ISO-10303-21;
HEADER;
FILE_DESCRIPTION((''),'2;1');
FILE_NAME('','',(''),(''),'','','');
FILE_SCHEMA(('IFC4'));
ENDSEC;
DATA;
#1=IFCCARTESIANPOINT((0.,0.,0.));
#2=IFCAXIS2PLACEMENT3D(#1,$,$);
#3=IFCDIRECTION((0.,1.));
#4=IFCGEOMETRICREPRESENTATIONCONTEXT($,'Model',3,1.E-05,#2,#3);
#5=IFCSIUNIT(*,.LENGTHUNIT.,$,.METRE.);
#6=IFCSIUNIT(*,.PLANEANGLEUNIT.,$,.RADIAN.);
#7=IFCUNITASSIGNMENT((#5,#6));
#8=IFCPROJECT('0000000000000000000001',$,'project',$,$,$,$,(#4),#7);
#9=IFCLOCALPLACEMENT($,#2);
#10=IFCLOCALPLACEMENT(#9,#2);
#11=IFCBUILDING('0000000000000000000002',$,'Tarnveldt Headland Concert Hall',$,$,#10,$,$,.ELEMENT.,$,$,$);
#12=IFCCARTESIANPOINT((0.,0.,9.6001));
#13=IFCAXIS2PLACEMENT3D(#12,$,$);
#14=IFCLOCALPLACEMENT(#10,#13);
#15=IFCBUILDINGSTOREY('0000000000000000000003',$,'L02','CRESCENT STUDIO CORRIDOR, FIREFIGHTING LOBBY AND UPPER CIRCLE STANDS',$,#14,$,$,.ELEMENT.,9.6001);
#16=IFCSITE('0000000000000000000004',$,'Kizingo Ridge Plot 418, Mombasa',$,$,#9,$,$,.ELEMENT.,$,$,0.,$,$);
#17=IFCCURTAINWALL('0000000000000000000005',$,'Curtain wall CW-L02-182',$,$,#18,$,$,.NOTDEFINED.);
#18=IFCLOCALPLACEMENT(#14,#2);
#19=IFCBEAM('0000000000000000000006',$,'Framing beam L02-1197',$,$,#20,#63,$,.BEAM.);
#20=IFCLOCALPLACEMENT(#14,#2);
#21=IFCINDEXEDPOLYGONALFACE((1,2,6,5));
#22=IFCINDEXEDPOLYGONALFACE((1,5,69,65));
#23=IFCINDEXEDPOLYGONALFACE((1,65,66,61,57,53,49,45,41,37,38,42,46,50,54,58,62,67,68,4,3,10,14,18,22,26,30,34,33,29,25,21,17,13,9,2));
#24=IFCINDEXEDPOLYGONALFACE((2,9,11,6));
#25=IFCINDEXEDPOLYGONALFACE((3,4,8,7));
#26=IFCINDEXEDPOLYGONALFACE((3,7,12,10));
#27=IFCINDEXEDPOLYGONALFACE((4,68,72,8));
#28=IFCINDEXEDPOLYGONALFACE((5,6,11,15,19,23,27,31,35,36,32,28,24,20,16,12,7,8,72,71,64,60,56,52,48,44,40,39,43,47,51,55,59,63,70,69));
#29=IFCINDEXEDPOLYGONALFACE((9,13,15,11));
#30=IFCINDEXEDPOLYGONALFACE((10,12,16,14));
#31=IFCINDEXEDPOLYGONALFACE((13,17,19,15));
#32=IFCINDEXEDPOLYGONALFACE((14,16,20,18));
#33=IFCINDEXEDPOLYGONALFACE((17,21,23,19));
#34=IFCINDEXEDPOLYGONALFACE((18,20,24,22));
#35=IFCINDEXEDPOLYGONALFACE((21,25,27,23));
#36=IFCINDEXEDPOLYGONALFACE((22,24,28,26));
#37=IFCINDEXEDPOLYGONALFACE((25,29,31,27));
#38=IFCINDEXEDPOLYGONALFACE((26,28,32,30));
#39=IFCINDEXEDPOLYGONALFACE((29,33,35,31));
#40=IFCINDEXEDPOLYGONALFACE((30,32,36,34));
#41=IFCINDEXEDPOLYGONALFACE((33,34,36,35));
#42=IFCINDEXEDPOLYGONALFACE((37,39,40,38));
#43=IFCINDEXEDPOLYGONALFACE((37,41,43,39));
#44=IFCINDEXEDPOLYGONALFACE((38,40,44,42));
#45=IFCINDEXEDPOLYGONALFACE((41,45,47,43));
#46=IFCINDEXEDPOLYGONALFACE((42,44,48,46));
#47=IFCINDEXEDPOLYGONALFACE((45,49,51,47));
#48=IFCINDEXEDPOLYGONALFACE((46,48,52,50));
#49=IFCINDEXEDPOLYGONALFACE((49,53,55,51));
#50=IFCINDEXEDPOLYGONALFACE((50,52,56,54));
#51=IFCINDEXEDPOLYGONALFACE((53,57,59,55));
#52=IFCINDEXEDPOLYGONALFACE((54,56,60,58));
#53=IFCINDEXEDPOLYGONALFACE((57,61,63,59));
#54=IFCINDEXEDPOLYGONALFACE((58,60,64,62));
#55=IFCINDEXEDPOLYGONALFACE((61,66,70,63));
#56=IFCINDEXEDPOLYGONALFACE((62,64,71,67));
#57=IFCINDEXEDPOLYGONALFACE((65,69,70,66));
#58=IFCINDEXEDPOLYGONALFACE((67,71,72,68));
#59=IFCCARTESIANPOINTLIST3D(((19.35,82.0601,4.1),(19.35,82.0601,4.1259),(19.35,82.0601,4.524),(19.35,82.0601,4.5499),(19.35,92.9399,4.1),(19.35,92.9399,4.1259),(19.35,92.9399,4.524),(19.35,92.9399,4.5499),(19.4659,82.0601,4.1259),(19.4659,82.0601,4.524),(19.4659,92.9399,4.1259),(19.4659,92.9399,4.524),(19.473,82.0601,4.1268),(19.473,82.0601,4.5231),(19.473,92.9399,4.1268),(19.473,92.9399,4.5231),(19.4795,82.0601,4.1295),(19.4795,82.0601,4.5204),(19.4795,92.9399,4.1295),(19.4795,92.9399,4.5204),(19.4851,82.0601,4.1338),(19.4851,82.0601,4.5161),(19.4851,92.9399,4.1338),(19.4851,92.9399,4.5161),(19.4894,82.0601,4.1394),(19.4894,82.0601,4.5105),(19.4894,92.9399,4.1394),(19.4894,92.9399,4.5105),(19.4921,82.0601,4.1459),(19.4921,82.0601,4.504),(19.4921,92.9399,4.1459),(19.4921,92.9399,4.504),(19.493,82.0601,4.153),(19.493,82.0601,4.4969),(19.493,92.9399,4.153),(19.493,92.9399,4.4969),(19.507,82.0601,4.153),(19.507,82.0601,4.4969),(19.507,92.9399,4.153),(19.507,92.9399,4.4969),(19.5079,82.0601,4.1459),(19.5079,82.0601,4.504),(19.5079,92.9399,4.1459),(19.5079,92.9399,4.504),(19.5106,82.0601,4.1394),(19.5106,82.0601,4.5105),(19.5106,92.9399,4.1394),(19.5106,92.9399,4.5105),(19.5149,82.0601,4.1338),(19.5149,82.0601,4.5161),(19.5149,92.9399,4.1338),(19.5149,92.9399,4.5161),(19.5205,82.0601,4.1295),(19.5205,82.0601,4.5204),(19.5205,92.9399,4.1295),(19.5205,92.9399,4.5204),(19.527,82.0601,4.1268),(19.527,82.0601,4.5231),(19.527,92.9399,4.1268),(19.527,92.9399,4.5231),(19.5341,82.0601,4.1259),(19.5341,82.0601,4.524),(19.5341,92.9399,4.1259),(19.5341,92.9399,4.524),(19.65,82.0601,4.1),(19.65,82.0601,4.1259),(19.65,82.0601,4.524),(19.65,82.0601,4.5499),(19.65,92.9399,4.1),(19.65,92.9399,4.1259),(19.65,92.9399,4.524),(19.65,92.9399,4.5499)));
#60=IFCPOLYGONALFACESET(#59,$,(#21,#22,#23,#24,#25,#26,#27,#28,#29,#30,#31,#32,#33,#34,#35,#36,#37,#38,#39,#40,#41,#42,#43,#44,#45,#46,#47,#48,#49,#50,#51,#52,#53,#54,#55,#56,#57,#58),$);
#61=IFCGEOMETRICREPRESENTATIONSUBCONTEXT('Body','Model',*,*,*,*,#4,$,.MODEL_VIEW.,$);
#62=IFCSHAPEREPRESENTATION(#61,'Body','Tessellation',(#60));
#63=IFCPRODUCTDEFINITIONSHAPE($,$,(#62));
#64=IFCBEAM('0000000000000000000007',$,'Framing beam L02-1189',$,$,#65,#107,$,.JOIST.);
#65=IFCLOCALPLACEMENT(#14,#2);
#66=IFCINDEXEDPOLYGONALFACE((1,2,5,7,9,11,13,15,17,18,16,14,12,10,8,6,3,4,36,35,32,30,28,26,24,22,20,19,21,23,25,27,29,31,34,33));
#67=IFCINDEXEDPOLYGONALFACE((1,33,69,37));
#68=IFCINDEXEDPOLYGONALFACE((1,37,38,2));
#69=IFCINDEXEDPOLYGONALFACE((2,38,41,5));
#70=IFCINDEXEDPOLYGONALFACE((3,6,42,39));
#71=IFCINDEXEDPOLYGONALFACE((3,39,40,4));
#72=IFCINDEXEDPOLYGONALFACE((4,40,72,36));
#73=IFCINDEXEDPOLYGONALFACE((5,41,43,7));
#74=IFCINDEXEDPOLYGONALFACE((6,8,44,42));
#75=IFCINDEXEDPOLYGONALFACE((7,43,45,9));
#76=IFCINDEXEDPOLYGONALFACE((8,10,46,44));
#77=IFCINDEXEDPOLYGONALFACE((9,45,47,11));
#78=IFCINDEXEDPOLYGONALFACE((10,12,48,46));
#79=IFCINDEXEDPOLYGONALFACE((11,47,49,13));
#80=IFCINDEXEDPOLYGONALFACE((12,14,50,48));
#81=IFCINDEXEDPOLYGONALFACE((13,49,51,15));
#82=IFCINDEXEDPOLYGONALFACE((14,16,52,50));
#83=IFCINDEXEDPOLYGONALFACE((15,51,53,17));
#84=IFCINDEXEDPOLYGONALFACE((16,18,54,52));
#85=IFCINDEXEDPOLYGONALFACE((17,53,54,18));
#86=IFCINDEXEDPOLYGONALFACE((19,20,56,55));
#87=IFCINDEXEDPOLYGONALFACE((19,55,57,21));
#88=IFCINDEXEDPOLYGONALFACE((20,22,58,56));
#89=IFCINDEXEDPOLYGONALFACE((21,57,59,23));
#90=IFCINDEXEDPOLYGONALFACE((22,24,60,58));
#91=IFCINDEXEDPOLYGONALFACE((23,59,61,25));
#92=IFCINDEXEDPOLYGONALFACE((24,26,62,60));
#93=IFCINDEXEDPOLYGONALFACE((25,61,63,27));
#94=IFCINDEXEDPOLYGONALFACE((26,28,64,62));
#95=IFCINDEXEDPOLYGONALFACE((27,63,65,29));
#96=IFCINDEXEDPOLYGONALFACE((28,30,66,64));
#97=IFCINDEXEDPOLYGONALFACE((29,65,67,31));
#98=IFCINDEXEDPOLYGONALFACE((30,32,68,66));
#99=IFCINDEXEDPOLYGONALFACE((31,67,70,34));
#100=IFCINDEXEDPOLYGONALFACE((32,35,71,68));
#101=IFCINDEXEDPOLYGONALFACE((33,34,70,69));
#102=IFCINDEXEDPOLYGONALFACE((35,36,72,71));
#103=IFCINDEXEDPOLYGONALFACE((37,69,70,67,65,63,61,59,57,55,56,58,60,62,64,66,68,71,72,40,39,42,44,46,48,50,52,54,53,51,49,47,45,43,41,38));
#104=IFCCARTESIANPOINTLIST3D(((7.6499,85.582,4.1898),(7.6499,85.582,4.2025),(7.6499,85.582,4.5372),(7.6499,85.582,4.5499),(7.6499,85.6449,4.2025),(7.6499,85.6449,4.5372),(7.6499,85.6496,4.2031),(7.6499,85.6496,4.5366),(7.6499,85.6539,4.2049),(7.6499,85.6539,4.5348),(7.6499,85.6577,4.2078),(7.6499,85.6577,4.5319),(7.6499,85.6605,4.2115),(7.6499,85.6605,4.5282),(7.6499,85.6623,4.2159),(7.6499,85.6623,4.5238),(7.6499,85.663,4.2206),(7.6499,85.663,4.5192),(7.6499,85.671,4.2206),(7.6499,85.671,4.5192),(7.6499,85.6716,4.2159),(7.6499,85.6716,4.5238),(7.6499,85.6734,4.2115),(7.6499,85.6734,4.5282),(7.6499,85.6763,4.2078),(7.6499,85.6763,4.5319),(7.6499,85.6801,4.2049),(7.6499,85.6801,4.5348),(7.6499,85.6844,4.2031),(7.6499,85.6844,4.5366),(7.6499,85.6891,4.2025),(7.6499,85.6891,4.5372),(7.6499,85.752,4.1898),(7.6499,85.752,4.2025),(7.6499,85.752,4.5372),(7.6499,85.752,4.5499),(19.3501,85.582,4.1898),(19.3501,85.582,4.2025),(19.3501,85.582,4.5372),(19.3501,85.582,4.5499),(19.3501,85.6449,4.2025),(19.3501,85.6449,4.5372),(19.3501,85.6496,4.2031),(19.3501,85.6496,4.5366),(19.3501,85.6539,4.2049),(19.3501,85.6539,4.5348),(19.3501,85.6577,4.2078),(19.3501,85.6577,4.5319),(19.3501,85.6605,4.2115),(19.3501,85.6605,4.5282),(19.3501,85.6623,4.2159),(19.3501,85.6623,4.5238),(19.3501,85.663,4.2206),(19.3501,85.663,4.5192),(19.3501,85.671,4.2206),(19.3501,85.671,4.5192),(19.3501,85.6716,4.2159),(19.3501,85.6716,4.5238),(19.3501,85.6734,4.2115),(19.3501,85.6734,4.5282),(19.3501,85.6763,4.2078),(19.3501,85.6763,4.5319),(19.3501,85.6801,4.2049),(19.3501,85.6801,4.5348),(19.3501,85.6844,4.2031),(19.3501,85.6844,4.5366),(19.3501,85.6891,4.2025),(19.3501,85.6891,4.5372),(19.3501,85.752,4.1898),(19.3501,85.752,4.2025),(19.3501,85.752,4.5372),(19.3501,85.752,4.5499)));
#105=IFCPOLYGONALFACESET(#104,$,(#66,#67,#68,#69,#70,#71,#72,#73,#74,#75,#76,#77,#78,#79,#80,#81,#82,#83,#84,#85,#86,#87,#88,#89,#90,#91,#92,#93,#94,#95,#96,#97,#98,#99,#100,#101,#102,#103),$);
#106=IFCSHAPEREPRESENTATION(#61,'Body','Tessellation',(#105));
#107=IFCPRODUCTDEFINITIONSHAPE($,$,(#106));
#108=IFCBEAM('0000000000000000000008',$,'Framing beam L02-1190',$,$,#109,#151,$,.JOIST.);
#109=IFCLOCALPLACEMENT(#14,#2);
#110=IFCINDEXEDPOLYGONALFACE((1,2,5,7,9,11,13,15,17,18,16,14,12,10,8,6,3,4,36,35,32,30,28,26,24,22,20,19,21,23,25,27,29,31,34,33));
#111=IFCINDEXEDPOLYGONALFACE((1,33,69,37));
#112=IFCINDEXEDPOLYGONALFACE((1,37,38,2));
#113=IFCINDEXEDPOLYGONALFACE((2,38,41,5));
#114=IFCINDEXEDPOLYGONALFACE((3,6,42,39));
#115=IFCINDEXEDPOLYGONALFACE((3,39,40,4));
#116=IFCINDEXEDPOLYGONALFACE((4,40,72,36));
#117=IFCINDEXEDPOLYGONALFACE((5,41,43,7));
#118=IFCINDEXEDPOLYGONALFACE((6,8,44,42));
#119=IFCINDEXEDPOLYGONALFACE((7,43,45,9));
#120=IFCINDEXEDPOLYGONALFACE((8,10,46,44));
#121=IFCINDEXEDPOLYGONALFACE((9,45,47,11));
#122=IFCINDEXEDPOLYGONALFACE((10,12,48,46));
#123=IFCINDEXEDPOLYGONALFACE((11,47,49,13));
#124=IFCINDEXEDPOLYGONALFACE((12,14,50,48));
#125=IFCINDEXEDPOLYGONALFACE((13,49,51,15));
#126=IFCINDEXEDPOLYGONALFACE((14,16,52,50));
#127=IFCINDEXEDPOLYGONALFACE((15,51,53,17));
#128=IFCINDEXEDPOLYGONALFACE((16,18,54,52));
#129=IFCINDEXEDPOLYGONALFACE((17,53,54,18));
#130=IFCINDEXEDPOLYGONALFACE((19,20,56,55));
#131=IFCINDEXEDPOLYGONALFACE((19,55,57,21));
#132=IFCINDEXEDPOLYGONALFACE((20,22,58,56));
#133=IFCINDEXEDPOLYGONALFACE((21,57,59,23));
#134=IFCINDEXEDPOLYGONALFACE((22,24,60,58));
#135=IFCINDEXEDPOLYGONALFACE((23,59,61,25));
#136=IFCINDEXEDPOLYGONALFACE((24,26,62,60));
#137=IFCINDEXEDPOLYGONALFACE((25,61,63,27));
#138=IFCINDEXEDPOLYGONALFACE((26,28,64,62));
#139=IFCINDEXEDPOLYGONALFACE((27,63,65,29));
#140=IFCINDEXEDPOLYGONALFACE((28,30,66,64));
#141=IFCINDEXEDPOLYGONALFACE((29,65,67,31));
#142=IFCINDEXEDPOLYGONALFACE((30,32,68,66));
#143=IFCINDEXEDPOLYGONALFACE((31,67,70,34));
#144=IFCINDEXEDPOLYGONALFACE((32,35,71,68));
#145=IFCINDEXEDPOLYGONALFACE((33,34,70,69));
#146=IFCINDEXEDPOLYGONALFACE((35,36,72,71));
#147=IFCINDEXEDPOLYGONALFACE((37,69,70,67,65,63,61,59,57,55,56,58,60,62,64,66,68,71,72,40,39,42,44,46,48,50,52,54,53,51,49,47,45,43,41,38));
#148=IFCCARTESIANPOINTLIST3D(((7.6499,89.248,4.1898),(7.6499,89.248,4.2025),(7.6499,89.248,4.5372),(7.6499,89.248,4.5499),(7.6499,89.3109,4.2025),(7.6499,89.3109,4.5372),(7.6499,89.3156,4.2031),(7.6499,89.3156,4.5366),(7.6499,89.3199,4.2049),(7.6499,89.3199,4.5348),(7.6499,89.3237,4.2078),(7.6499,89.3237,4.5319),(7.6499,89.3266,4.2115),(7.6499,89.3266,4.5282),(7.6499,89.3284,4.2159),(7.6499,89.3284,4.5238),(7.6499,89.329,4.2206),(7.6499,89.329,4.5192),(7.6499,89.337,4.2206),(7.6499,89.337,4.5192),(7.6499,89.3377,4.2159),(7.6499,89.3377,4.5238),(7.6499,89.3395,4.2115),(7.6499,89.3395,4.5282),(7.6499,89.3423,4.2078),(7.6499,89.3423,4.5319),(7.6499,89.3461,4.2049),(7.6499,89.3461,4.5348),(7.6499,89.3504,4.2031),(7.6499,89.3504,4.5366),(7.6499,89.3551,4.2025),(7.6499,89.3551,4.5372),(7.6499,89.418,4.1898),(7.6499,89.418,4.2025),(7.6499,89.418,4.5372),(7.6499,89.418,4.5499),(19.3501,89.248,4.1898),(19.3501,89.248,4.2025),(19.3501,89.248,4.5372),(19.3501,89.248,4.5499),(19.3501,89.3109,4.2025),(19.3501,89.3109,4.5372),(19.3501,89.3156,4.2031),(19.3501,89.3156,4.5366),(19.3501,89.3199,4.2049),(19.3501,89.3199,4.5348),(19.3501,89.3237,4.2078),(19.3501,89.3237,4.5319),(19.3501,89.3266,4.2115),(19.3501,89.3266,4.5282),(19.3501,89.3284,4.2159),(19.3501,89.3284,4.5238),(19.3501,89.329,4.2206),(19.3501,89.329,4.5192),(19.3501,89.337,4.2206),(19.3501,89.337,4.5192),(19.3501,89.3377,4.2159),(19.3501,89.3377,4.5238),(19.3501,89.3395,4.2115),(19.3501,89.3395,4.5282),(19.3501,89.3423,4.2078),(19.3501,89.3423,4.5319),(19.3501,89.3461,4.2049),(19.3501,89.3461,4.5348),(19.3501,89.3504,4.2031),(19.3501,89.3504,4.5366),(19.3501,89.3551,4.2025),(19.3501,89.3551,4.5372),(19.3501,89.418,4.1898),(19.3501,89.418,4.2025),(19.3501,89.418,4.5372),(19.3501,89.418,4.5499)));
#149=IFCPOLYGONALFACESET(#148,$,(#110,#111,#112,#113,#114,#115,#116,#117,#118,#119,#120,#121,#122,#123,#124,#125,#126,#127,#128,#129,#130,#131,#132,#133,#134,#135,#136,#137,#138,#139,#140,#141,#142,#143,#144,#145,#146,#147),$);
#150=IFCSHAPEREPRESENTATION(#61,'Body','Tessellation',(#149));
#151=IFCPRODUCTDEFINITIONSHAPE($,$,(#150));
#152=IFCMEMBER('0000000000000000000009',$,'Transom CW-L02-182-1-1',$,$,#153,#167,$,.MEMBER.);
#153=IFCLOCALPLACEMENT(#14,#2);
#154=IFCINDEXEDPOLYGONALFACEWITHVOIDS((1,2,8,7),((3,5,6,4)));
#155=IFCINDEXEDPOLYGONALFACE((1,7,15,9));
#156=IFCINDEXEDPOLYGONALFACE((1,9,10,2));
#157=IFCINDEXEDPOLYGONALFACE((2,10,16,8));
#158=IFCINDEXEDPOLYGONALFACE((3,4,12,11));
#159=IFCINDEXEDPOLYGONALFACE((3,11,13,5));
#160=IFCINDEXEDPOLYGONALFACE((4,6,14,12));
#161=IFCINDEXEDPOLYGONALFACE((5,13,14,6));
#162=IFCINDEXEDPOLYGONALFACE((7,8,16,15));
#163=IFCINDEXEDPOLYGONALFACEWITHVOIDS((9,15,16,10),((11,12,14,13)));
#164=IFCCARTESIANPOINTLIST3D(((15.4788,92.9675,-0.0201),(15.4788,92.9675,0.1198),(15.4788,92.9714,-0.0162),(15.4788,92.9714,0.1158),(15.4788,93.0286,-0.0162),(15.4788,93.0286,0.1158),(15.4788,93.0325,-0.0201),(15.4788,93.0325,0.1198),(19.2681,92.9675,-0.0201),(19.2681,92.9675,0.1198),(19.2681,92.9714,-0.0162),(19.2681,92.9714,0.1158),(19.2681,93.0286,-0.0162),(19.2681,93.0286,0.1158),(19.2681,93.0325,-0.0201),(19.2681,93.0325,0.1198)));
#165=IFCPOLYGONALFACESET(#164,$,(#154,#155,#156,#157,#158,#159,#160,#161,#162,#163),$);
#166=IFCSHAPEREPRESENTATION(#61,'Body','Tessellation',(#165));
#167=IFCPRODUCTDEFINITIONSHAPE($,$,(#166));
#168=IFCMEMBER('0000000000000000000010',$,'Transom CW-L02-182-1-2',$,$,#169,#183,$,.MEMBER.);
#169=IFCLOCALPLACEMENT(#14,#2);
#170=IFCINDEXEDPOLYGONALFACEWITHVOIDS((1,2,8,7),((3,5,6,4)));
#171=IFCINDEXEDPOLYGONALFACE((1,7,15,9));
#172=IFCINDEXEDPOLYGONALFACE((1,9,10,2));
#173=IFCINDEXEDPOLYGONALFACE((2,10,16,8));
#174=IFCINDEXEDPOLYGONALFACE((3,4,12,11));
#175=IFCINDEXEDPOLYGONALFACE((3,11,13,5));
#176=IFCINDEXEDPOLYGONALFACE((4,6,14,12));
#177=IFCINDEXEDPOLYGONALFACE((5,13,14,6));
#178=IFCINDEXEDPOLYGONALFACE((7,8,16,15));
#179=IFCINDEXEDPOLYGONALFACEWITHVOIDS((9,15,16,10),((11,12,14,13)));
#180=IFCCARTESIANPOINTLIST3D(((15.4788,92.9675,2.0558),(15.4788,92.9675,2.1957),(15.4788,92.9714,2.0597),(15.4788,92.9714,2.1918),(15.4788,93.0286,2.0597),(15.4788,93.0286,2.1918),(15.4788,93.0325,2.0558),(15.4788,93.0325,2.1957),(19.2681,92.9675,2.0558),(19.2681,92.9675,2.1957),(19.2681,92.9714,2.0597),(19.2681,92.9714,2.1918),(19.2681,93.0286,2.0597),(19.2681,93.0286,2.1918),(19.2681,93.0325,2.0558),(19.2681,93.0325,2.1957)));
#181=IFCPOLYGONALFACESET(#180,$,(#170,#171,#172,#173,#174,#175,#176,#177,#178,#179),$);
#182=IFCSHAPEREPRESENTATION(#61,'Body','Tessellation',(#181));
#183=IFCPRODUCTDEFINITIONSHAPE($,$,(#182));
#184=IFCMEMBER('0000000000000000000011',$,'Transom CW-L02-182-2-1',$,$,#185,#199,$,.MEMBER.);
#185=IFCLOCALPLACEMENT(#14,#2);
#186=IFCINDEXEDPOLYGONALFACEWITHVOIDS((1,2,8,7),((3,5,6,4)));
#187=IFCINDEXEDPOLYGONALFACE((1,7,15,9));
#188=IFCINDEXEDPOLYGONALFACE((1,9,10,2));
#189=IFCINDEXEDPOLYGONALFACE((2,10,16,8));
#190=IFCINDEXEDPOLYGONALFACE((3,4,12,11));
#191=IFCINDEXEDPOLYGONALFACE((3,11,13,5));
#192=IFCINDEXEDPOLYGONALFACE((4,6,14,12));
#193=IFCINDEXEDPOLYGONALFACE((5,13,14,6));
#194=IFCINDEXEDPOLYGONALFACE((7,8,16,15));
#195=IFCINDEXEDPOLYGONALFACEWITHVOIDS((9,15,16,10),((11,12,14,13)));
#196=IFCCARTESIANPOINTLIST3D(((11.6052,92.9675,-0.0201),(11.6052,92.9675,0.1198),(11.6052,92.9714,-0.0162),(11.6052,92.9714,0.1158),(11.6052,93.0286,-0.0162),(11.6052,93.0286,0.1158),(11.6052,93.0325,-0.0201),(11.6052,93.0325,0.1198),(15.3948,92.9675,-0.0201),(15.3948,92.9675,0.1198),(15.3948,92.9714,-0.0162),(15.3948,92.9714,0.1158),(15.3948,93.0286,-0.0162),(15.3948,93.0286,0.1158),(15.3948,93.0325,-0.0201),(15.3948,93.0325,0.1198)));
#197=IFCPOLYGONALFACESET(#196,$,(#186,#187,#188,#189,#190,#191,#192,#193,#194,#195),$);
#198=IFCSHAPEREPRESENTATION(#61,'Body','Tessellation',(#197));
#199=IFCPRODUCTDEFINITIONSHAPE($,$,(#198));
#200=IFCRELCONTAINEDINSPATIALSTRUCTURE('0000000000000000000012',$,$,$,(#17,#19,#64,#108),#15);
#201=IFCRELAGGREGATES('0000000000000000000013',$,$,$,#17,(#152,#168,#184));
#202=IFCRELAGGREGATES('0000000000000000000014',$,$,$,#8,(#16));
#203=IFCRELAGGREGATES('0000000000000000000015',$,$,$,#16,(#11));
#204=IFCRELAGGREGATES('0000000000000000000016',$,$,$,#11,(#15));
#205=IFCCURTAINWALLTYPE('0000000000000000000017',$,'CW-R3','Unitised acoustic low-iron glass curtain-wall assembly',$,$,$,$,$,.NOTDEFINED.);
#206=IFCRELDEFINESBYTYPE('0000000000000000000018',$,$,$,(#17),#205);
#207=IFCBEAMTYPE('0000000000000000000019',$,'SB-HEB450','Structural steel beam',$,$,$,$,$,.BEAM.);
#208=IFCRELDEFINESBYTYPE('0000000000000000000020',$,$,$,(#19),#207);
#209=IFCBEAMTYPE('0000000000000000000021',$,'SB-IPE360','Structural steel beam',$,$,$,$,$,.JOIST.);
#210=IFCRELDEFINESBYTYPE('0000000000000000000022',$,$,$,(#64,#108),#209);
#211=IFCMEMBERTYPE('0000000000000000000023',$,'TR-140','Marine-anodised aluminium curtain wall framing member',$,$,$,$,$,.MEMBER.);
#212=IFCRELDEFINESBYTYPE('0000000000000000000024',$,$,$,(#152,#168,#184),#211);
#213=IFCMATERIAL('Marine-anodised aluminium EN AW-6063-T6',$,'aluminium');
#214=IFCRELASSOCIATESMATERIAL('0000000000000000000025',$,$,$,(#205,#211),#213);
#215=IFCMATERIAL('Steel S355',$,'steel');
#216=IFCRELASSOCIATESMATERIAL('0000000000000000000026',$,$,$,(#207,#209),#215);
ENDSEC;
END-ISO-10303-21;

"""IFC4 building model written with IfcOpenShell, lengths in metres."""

from ifc_helpers import new_model, si_unit, direction, frame, origin, origin_2d, place, context, subcontext, project, spatial, hollow_rectangle, i_section, extrude, material, material_profile, profile_set, type_object, element, aggregate, save


model = new_model("IFC4")

# Units and contexts
model_context = context("Model", 3, precision=1e-05, world=origin(), true_north=direction((0.0, 1.0)))
body_context = subcontext(model_context, "Body", "Model", "MODEL_VIEW")
ifc_project = project(units=[si_unit("LENGTHUNIT", "METRE"), si_unit("PLANEANGLEUNIT", "RADIAN")], contexts=[model_context])

# Site, building, storey
site_placement = place(None, origin())
site = spatial("IfcSite", under=ifc_project, at=site_placement, Name="Kizingo Ridge Plot 418, Mombasa", CompositionType="ELEMENT", RefElevation=0.0)
building_placement = place(site_placement, origin())
building = spatial("IfcBuilding", under=site, at=building_placement, Name="Tarnveldt Headland Concert Hall", CompositionType="ELEMENT")
storey_placement = place(building_placement, frame((0.0, 0.0, 9.6001)))
storey = spatial("IfcBuildingStorey", under=building, at=storey_placement, Name="L02", Description="CRESCENT STUDIO CORRIDOR, FIREFIGHTING LOBBY AND UPPER CIRCLE STANDS", CompositionType="ELEMENT", Elevation=9.6001)

# Shared definitions
ifc_material_1 = material(Name="Steel S355", Category="steel")

# Curtain wall
ifc_material_2 = material(Name="Marine-anodised aluminium EN AW-6063-T6", Category="aluminium")
curtain_wall_type = type_object("IfcCurtainWallType", Name="CW-R3", Description="Unitised acoustic low-iron glass curtain-wall assembly", PredefinedType="NOTDEFINED", material=ifc_material_2)
curtain_wall_placement = place(storey_placement, origin())
curtain_wall = element("IfcCurtainWall", 1, at=curtain_wall_placement, inside=storey, type_object=curtain_wall_type, Name="Curtain wall CW-L02-182", PredefinedType="NOTDEFINED")

# Beams
ifc_material_profile_1 = material_profile(ifc_material_1, i_section(OverallWidth=0.3, OverallDepth=0.45, WebThickness=0.0139, FlangeThickness=0.0259, FilletRadius=0.0271, at=origin_2d()), Name="HEB450", Category="steel")
ifc_profile_set_1 = profile_set([ifc_material_profile_1], Name="Steel S355")
beam_type_1 = type_object("IfcBeamType", Name="SB-HEB450", Description="Structural steel beam", PredefinedType="BEAM", material=ifc_profile_set_1)
for number, where, z_axis, x_axis, name in (
    (2, (19.5, 82.0601, 4.325), (0.0, 1.0, 0.0), (-1.0, 0.0, 0.0), "Framing beam L02-1197"),
):
    element("IfcBeam", number, at=place(storey_placement, frame(where, z_axis=z_axis, x_axis=x_axis)), inside=storey, type_object=beam_type_1, Name=name, PredefinedType="BEAM", context=body_context, shape_type="SweptSolid", body=[
        extrude(i_section(OverallWidth=0.3, OverallDepth=0.45, WebThickness=0.0139, FlangeThickness=0.0259, FilletRadius=0.0271, at=origin_2d()), origin(), (0.0, 0.0, 1.0), 10.8799),
    ])
ifc_material_profile_2 = material_profile(ifc_material_1, i_section(OverallWidth=0.1699, OverallDepth=0.3601, WebThickness=0.0081, FlangeThickness=0.0127, FilletRadius=0.0181, at=origin_2d()), Name="IPE360", Category="steel")
ifc_profile_set_2 = profile_set([ifc_material_profile_2], Name="Steel S355")
beam_type_2 = type_object("IfcBeamType", Name="SB-IPE360", Description="Structural steel beam", PredefinedType="JOIST", material=ifc_profile_set_2)
for number, where, z_axis, x_axis, name in (
    (3, (7.6499, 85.667, 4.3699), (1.0, 0.0, 0.0), (0.0, 1.0, 0.0), "Framing beam L02-1189"),
    (4, (7.6499, 89.333, 4.3699), (1.0, 0.0, 0.0), (0.0, 1.0, 0.0), "Framing beam L02-1190"),
):
    element("IfcBeam", number, at=place(storey_placement, frame(where, z_axis=z_axis, x_axis=x_axis)), inside=storey, type_object=beam_type_2, Name=name, PredefinedType="JOIST", context=body_context, shape_type="SweptSolid", body=[
        extrude(i_section(OverallWidth=0.1699, OverallDepth=0.3601, WebThickness=0.0081, FlangeThickness=0.0127, FilletRadius=0.0181, at=origin_2d()), origin(), (0.0, 0.0, 1.0), 11.7002),
    ])

# Members
ifc_material_profile_3 = material_profile(ifc_material_2, hollow_rectangle(XDim=0.0649, YDim=0.1399, WallThickness=0.0039, at=origin_2d()), Name="ALU TRANSOM 65x140x4", Category="aluminium")
ifc_profile_set_3 = profile_set([ifc_material_profile_3], Name="Marine-anodised aluminium EN AW-6063-T6")
member_type_1 = type_object("IfcMemberType", Name="TR-140", Description="Marine-anodised aluminium curtain wall framing member", PredefinedType="MEMBER", material=ifc_profile_set_3)
member_1_placement = place(storey_placement, frame((19.2681, 93.0, 0.0498), z_axis=(-1.0, 0.0, 0.0), x_axis=(0.0, -1.0, 0.0)))
member_1 = element("IfcMember", 5, at=member_1_placement, type_object=member_type_1, Name="Transom CW-L02-182-1-1", PredefinedType="MEMBER", context=body_context, shape_type="SweptSolid", body=[
    extrude(hollow_rectangle(XDim=0.0649, YDim=0.1399, WallThickness=0.0039, at=origin_2d()), origin(), (0.0, 0.0, 1.0), 3.7893),
])
member_2_placement = place(storey_placement, frame((19.2681, 93.0, 2.1257), z_axis=(-1.0, 0.0, 0.0), x_axis=(0.0, -1.0, 0.0)))
member_2 = element("IfcMember", 6, at=member_2_placement, type_object=member_type_1, Name="Transom CW-L02-182-1-2", PredefinedType="MEMBER", context=body_context, shape_type="SweptSolid", body=[
    extrude(hollow_rectangle(XDim=0.0649, YDim=0.1399, WallThickness=0.0039, at=origin_2d()), origin(), (0.0, 0.0, 1.0), 3.7893),
])
member_3_placement = place(storey_placement, frame((15.3948, 93.0, 0.0498), z_axis=(-1.0, 0.0, 0.0), x_axis=(0.0, -1.0, 0.0)))
member_3 = element("IfcMember", 7, at=member_3_placement, type_object=member_type_1, Name="Transom CW-L02-182-2-1", PredefinedType="MEMBER", context=body_context, shape_type="SweptSolid", body=[
    extrude(hollow_rectangle(XDim=0.0649, YDim=0.1399, WallThickness=0.0039, at=origin_2d()), origin(), (0.0, 0.0, 1.0), 3.7896),
])

aggregate(curtain_wall, [member_1, member_2, member_3])

save(model, "model.ifc")
